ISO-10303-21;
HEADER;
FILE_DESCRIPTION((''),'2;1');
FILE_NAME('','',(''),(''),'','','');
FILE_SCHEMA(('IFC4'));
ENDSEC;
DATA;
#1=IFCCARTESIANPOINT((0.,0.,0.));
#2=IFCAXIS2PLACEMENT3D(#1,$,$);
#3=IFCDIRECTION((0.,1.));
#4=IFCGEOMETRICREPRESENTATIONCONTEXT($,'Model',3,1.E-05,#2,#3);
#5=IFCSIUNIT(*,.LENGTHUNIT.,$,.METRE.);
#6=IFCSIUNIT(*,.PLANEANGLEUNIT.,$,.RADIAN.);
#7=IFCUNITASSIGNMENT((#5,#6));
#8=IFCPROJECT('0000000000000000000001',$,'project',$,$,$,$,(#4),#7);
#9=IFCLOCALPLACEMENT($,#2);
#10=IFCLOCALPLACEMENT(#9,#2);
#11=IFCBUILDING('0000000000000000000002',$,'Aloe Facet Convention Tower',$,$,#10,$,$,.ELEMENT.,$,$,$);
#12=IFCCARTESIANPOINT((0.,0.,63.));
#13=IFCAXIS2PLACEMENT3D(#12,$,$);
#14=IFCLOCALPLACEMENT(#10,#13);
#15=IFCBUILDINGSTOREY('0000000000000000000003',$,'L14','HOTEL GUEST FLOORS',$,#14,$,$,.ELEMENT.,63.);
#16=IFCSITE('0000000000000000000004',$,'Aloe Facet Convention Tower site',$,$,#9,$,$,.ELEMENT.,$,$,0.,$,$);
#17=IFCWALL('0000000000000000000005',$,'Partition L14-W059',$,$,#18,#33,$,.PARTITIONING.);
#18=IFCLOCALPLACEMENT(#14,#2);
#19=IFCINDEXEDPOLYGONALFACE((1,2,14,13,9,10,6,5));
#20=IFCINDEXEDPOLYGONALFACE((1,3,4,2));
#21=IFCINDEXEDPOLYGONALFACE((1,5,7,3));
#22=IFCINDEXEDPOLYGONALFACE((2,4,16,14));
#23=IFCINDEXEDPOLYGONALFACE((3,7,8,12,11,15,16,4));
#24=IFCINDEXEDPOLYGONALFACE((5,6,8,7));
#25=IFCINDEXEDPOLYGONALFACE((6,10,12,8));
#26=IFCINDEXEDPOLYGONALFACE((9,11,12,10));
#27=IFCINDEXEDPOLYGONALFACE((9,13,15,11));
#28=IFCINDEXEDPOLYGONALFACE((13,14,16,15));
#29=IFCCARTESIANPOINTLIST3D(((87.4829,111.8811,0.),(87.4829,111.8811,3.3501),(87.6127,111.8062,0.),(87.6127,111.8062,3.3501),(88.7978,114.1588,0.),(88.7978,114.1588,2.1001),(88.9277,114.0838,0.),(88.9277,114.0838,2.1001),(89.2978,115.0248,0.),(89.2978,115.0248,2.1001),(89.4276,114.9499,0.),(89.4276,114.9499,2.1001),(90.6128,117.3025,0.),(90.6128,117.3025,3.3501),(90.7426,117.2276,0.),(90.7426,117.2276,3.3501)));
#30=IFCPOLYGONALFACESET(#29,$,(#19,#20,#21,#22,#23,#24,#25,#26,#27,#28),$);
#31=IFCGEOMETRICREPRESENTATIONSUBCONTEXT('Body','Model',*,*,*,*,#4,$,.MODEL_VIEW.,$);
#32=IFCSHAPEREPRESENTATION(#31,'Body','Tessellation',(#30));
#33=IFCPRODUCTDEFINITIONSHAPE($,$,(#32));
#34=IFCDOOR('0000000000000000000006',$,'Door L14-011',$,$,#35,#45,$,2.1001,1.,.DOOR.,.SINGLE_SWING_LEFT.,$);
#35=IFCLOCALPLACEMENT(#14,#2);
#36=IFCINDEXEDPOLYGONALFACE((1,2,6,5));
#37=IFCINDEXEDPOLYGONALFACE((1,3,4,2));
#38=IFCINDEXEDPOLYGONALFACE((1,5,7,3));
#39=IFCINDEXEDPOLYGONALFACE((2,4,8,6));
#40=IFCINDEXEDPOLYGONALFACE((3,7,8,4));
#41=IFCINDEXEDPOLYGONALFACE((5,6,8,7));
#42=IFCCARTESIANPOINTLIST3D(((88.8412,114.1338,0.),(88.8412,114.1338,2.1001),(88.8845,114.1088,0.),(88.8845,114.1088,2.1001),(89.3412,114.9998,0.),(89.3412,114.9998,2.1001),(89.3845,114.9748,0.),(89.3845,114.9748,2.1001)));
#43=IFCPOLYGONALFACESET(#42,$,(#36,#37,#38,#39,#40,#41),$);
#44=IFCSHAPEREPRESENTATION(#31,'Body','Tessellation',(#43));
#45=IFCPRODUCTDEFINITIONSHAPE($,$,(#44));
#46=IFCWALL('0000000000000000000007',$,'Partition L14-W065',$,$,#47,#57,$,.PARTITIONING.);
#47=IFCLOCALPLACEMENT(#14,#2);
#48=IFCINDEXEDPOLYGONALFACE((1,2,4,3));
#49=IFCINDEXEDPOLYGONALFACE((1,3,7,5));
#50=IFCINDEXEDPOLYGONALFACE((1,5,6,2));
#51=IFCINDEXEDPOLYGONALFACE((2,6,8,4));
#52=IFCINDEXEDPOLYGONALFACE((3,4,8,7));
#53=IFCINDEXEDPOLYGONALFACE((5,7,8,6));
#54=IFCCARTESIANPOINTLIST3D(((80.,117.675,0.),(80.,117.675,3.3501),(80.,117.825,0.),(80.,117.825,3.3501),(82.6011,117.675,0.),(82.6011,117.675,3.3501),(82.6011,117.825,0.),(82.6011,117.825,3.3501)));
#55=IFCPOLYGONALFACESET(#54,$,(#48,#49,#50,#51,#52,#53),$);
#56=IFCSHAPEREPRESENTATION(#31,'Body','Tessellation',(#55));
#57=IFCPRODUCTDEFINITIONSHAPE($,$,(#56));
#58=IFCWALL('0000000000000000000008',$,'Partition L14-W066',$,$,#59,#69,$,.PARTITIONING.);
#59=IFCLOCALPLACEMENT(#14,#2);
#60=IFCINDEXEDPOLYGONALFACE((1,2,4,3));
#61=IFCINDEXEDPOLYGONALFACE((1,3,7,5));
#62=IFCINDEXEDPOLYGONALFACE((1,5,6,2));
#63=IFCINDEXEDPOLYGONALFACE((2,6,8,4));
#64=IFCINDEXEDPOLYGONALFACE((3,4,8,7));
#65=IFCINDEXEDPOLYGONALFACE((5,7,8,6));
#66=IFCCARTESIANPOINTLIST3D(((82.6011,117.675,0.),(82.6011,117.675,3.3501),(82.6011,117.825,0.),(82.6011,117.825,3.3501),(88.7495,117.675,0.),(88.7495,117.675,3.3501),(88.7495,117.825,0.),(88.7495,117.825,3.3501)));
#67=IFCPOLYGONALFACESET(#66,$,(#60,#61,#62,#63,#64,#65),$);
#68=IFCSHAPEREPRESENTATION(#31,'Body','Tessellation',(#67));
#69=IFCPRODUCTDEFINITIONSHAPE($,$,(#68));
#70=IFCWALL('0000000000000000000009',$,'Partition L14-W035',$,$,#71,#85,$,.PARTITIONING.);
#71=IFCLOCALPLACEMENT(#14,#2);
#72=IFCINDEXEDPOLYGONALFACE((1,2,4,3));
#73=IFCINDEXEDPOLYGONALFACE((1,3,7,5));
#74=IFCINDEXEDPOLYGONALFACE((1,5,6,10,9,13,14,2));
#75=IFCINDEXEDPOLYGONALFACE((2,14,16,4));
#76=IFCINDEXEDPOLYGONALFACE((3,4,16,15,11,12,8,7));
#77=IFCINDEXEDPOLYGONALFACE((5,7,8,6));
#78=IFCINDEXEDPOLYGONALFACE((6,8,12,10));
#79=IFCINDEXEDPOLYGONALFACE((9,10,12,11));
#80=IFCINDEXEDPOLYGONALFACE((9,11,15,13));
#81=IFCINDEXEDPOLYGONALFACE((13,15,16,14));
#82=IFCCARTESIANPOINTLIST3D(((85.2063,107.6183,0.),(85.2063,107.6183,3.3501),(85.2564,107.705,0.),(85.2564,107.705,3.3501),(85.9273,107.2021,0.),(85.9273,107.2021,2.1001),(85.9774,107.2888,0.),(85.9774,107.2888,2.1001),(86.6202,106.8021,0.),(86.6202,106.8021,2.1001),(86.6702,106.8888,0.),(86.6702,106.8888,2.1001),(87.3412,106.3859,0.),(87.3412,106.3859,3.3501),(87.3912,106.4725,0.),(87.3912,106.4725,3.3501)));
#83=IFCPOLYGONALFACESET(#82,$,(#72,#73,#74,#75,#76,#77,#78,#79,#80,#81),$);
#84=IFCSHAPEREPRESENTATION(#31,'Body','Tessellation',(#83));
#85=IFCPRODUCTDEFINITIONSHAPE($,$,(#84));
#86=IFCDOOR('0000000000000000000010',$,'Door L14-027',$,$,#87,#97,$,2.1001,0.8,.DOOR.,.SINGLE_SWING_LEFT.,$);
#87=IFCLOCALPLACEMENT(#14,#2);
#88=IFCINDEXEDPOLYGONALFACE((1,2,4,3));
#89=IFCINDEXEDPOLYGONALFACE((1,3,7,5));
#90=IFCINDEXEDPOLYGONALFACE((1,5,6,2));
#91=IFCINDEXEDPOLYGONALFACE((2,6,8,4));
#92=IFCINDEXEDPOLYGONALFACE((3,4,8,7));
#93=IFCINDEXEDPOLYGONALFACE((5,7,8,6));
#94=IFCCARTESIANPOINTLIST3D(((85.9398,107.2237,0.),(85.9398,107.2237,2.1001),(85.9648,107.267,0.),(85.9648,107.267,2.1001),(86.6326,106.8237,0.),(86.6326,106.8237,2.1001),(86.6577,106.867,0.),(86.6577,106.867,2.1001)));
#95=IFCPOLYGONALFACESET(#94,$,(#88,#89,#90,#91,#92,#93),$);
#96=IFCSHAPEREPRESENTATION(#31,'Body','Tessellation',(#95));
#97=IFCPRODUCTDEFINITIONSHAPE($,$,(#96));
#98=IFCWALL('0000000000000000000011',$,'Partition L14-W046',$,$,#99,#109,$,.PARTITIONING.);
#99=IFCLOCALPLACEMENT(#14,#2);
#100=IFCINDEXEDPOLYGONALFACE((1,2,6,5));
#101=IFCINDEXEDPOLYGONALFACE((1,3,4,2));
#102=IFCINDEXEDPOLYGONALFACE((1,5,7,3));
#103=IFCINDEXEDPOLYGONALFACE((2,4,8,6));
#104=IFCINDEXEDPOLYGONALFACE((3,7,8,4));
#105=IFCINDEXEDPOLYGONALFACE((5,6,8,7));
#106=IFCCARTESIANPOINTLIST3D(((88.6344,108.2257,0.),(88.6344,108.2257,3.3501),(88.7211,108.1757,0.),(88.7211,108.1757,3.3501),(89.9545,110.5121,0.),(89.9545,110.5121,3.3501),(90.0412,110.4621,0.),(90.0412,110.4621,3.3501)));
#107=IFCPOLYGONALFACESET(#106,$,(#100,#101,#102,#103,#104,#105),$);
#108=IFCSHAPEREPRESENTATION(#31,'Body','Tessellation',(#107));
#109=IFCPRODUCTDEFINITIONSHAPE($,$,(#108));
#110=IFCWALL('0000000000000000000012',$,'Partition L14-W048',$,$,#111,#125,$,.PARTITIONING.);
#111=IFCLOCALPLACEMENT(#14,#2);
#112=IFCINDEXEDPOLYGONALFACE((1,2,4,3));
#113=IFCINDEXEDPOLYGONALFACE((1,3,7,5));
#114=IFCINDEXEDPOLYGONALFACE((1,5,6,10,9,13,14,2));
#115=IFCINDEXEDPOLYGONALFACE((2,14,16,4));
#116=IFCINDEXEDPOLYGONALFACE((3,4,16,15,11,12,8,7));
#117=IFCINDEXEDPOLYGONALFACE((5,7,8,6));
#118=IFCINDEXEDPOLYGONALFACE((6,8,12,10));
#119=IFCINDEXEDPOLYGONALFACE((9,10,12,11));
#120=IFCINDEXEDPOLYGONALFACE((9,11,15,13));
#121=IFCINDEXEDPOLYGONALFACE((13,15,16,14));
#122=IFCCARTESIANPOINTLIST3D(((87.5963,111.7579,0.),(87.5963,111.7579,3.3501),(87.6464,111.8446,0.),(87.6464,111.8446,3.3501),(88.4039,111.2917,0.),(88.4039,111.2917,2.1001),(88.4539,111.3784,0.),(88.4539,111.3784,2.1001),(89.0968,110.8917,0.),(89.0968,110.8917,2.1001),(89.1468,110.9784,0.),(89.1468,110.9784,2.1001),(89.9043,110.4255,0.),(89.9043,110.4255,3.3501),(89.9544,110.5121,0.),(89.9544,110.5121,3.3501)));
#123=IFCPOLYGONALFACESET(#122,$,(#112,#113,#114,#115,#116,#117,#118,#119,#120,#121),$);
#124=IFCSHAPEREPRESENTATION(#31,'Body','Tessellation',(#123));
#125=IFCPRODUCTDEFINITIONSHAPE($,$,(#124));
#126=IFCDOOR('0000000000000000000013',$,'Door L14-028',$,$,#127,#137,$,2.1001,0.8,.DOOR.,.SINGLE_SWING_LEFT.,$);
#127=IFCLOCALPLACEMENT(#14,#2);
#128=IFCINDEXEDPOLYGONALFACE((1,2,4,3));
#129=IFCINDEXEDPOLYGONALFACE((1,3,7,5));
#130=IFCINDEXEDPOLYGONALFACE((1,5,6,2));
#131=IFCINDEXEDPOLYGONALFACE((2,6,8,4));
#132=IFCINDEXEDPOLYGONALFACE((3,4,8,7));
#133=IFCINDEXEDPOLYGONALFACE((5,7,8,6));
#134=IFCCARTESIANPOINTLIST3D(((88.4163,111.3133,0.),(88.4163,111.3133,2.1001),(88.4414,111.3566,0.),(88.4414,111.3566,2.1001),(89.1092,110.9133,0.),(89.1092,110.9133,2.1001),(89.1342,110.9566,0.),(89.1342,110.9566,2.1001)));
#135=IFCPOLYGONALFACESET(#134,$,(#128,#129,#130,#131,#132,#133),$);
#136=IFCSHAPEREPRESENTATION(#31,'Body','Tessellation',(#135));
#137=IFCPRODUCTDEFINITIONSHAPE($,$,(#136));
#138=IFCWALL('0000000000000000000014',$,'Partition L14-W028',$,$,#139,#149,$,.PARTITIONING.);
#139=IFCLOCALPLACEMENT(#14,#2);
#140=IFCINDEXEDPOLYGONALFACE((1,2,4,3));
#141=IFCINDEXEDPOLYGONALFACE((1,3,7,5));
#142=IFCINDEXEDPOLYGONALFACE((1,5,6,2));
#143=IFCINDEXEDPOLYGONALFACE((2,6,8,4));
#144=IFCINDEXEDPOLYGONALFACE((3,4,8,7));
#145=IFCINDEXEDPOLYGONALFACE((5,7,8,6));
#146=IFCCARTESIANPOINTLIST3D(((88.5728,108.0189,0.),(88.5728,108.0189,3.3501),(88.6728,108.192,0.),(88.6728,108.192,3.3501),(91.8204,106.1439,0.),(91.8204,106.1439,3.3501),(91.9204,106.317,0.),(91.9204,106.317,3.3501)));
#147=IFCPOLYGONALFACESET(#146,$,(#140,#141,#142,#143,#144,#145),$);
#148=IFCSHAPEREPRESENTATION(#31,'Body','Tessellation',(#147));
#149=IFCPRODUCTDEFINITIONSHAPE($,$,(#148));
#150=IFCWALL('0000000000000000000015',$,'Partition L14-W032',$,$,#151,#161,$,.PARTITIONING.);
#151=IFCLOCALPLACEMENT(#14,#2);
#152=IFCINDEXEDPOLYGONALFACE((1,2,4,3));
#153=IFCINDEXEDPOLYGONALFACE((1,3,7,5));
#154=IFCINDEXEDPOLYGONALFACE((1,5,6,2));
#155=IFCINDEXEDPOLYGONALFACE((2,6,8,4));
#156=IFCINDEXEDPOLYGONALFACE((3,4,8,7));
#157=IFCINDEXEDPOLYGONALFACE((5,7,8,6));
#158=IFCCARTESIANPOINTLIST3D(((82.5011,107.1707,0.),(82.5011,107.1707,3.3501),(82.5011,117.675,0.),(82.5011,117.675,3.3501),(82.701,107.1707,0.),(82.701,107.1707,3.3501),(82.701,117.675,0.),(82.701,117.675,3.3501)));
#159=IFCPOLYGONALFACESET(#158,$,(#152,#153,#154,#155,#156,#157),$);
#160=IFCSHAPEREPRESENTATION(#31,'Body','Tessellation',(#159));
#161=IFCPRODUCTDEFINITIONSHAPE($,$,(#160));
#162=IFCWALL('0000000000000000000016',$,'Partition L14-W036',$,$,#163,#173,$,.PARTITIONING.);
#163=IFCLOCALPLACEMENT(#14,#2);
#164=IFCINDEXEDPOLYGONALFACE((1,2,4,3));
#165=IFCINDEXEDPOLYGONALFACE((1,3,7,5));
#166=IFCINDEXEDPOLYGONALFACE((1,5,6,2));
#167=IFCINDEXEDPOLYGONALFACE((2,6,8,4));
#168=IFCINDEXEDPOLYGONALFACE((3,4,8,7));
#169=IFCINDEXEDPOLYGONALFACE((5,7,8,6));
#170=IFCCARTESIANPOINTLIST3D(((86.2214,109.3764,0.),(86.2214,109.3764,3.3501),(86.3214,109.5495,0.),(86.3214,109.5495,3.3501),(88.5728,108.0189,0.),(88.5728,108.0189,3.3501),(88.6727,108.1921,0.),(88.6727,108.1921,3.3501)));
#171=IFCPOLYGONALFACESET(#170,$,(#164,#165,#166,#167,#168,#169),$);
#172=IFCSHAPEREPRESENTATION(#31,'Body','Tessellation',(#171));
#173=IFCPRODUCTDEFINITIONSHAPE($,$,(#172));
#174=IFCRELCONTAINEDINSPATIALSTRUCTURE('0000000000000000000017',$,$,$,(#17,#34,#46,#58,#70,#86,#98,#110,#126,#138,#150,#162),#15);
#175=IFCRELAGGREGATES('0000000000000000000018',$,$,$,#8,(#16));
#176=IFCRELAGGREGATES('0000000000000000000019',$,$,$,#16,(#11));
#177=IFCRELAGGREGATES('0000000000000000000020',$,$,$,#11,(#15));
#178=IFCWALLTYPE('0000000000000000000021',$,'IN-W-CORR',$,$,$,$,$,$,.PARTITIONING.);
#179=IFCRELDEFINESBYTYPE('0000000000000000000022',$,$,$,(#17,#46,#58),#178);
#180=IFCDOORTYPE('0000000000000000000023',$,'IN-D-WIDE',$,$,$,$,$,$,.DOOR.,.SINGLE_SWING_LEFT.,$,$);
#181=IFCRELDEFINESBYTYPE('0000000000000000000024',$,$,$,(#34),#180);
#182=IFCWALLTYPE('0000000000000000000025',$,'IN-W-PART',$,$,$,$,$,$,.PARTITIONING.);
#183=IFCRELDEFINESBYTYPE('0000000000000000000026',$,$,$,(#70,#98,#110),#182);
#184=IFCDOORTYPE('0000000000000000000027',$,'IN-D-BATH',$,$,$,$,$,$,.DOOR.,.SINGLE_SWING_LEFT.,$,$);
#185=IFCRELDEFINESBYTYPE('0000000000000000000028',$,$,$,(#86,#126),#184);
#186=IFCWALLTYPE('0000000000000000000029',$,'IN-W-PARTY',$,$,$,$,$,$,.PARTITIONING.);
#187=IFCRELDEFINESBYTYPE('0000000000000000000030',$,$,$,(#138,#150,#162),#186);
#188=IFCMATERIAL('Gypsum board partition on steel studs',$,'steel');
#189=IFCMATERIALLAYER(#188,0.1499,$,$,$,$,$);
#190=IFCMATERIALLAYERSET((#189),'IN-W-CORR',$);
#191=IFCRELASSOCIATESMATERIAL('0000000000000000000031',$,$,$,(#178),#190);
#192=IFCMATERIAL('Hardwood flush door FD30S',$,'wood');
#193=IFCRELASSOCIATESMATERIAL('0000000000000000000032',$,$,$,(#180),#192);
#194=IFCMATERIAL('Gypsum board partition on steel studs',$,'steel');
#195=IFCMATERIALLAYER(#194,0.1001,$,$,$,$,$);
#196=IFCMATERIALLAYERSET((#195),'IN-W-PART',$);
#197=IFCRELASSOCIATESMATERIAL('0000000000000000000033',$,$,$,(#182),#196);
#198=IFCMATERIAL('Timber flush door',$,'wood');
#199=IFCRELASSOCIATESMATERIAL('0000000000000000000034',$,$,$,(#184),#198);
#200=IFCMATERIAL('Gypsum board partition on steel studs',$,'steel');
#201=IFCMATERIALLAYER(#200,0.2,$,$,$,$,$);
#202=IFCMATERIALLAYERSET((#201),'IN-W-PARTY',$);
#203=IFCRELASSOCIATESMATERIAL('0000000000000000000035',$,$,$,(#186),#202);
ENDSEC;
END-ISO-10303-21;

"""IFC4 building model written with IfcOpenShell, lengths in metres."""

from ifc_helpers import new_model, si_unit, direction, frame, frame_2d, origin, place, context, subcontext, project, spatial, rectangle, extrude, material, layer, layer_set, type_object, element, fill, save


model = new_model("IFC4")

# Units and contexts
model_context = context("Model", 3, precision=1e-05, world=origin(), true_north=direction((0.0, 1.0)))
body_context = subcontext(model_context, "Body", "Model", "MODEL_VIEW")
ifc_project = project(units=[si_unit("LENGTHUNIT", "METRE"), si_unit("PLANEANGLEUNIT", "RADIAN")], contexts=[model_context])

# Site, building, storey
site_placement = place(None, origin())
site = spatial("IfcSite", under=ifc_project, at=site_placement, Name="Aloe Facet Convention Tower site", CompositionType="ELEMENT", RefElevation=0.0)
building_placement = place(site_placement, origin())
building = spatial("IfcBuilding", under=site, at=building_placement, Name="Aloe Facet Convention Tower", CompositionType="ELEMENT")
storey_placement = place(building_placement, frame((0.0, 0.0, 63.0)))
storey = spatial("IfcBuildingStorey", under=building, at=storey_placement, Name="L14", Description="HOTEL GUEST FLOORS", CompositionType="ELEMENT", Elevation=63.0)

# Shared definitions
ifc_material_1 = material(Name="Gypsum board partition on steel studs", Category="steel")
ifc_layer_1 = layer(ifc_material_1, 0.1499)
ifc_layer_set_1 = layer_set([ifc_layer_1], Name="IN-W-CORR")
wall_type_1 = type_object("IfcWallType", Name="IN-W-CORR", PredefinedType="PARTITIONING", material=ifc_layer_set_1)

# Wall, opening, door
wall_1_placement = place(storey_placement, frame((87.5479, 111.8438, 0.0), z_axis=(0.0, 0.0, 1.0), x_axis=(0.499981, 0.866036, 0.0)))
wall_1 = element("IfcWall", 1, at=wall_1_placement, inside=storey, type_object=wall_type_1, Name="Partition L14-W059", PredefinedType="PARTITIONING", context=body_context, shape_type="SweptSolid", body=[
    extrude(rectangle(XDim=6.26, YDim=0.1499, at=frame_2d((3.1299, 0.0))), origin(), (0.0, 0.0, 1.0), 3.3501),
])
opening_1_placement = place(wall_1_placement, frame((2.6299, 0.0, 0.0)))
opening_1 = element("IfcOpeningElement", 2, at=opening_1_placement, cuts=wall_1, PredefinedType="OPENING", context=body_context, shape_type="SweptSolid", body=[
    extrude(rectangle(XDim=1.0, YDim=2.1001, at=frame_2d((0.5, 1.05))), frame((0.0, 0.085, 0.0), z_axis=(0.0, -1.0, 0.0), x_axis=(1.0, 0.0, 0.0)), (0.0, 0.0, 1.0), 0.1699),
])
ifc_material_2 = material(Name="Hardwood flush door FD30S", Category="wood")
door_type_1 = type_object("IfcDoorType", Name="IN-D-WIDE", OperationType="SINGLE_SWING_LEFT", PredefinedType="DOOR", material=ifc_material_2)
door_1_placement = place(opening_1_placement, origin())
door_1 = element("IfcDoor", 3, at=door_1_placement, inside=storey, type_object=door_type_1, Name="Door L14-011", OperationType="SINGLE_SWING_LEFT", OverallHeight=2.1001, OverallWidth=1.0, PredefinedType="DOOR", context=body_context, shape_type="SweptSolid", body=[
    extrude(rectangle(XDim=1.0, YDim=2.1001, at=frame_2d((0.5, 1.05))), frame((0.0, 0.0249, 0.0), z_axis=(0.0, -1.0, 0.0), x_axis=(1.0, 0.0, 0.0)), (0.0, 0.0, 1.0), 0.05),
])
fill(opening_1, door_1)

# Walls
wall_2_placement = place(storey_placement, frame((80.0, 117.75, 0.0), z_axis=(0.0, 0.0, 1.0), x_axis=(1.0, 0.0, 0.0)))
element("IfcWall", 4, at=wall_2_placement, inside=storey, type_object=wall_type_1, Name="Partition L14-W065", PredefinedType="PARTITIONING", context=body_context, shape_type="SweptSolid", body=[
    extrude(rectangle(XDim=2.6011, YDim=0.1499, at=frame_2d((1.3005, 0.0))), origin(), (0.0, 0.0, 1.0), 3.3501),
])
wall_3_placement = place(storey_placement, frame((82.6011, 117.75, 0.0), z_axis=(0.0, 0.0, 1.0), x_axis=(1.0, 0.0, 0.0)))
element("IfcWall", 5, at=wall_3_placement, inside=storey, type_object=wall_type_1, Name="Partition L14-W066", PredefinedType="PARTITIONING", context=body_context, shape_type="SweptSolid", body=[
    extrude(rectangle(XDim=6.1484, YDim=0.1499, at=frame_2d((3.0742, 0.0))), origin(), (0.0, 0.0, 1.0), 3.3501),
])

# Wall, opening, door
ifc_material_3 = material(Name="Gypsum board partition on steel studs", Category="steel")
ifc_layer_2 = layer(ifc_material_3, 0.1001)
ifc_layer_set_2 = layer_set([ifc_layer_2], Name="IN-W-PART")
wall_type_2 = type_object("IfcWallType", Name="IN-W-PART", PredefinedType="PARTITIONING", material=ifc_layer_set_2)
wall_4_placement = place(storey_placement, frame((85.2314, 107.6616, 0.0), z_axis=(0.0, 0.0, 1.0), x_axis=(0.86604, -0.499974, 0.0)))
wall_4 = element("IfcWall", 6, at=wall_4_placement, inside=storey, type_object=wall_type_2, Name="Partition L14-W035", PredefinedType="PARTITIONING", context=body_context, shape_type="SweptSolid", body=[
    extrude(rectangle(XDim=2.4651, YDim=0.1001, at=frame_2d((1.2324, 0.0))), origin(), (0.0, 0.0, 1.0), 3.3501),
])
opening_2_placement = place(wall_4_placement, frame((0.8325, 0.0, 0.0)))
opening_2 = element("IfcOpeningElement", 7, at=opening_2_placement, cuts=wall_4, PredefinedType="OPENING", context=body_context, shape_type="SweptSolid", body=[
    extrude(rectangle(XDim=0.8, YDim=2.1001, at=frame_2d((0.3999, 1.05))), frame((0.0, 0.0601, 0.0), z_axis=(0.0, -1.0, 0.0), x_axis=(1.0, 0.0, 0.0)), (0.0, 0.0, 1.0), 0.1201),
])
ifc_material_4 = material(Name="Timber flush door", Category="wood")
door_type_2 = type_object("IfcDoorType", Name="IN-D-BATH", OperationType="SINGLE_SWING_LEFT", PredefinedType="DOOR", material=ifc_material_4)
door_2_placement = place(opening_2_placement, origin())
door_2 = element("IfcDoor", 8, at=door_2_placement, inside=storey, type_object=door_type_2, Name="Door L14-027", OperationType="SINGLE_SWING_LEFT", OverallHeight=2.1001, OverallWidth=0.8, PredefinedType="DOOR", context=body_context, shape_type="SweptSolid", body=[
    extrude(rectangle(XDim=0.8, YDim=2.1001, at=frame_2d((0.3999, 1.05))), frame((0.0, 0.0249, 0.0), z_axis=(0.0, -1.0, 0.0), x_axis=(1.0, 0.0, 0.0)), (0.0, 0.0, 1.0), 0.05),
])
fill(opening_2, door_2)

# Wall
wall_5_placement = place(storey_placement, frame((88.6777, 108.2007, 0.0), z_axis=(0.0, 0.0, 1.0), x_axis=(0.500008, 0.866021, 0.0)))
element("IfcWall", 9, at=wall_5_placement, inside=storey, type_object=wall_type_2, Name="Partition L14-W046", PredefinedType="PARTITIONING", context=body_context, shape_type="SweptSolid", body=[
    extrude(rectangle(XDim=2.6401, YDim=0.1001, at=frame_2d((1.3201, 0.0))), origin(), (0.0, 0.0, 1.0), 3.3501),
])

# Wall, opening, door
wall_6_placement = place(storey_placement, frame((87.6213, 111.8013, 0.0), z_axis=(0.0, 0.0, 1.0), x_axis=(0.866036, -0.499981, 0.0)))
wall_6 = element("IfcWall", 10, at=wall_6_placement, inside=storey, type_object=wall_type_2, Name="Partition L14-W048", PredefinedType="PARTITIONING", context=body_context, shape_type="SweptSolid", body=[
    extrude(rectangle(XDim=2.665, YDim=0.1001, at=frame_2d((1.3325, 0.0))), origin(), (0.0, 0.0, 1.0), 3.3501),
])
opening_3_placement = place(wall_6_placement, frame((0.9326, 0.0, 0.0)))
opening_3 = element("IfcOpeningElement", 11, at=opening_3_placement, cuts=wall_6, PredefinedType="OPENING", context=body_context, shape_type="SweptSolid", body=[
    extrude(rectangle(XDim=0.8, YDim=2.1001, at=frame_2d((0.3999, 1.05))), frame((0.0, 0.0601, 0.0), z_axis=(0.0, -1.0, 0.0), x_axis=(1.0, 0.0, 0.0)), (0.0, 0.0, 1.0), 0.1201),
])
door_3_placement = place(opening_3_placement, origin())
door_3 = element("IfcDoor", 12, at=door_3_placement, inside=storey, type_object=door_type_2, Name="Door L14-028", OperationType="SINGLE_SWING_LEFT", OverallHeight=2.1001, OverallWidth=0.8, PredefinedType="DOOR", context=body_context, shape_type="SweptSolid", body=[
    extrude(rectangle(XDim=0.8, YDim=2.1001, at=frame_2d((0.3999, 1.05))), frame((0.0, 0.0249, 0.0), z_axis=(0.0, -1.0, 0.0), x_axis=(1.0, 0.0, 0.0)), (0.0, 0.0, 1.0), 0.05),
])
fill(opening_3, door_3)

# Walls
ifc_material_5 = material(Name="Gypsum board partition on steel studs", Category="steel")
ifc_layer_3 = layer(ifc_material_5, 0.2)
ifc_layer_set_3 = layer_set([ifc_layer_3], Name="IN-W-PARTY")
wall_type_3 = type_object("IfcWallType", Name="IN-W-PARTY", PredefinedType="PARTITIONING", material=ifc_layer_set_3)
wall_7_placement = place(storey_placement, frame((88.6228, 108.1055, 0.0), z_axis=(0.0, 0.0, 1.0), x_axis=(0.866023, -0.500004, 0.0)))
element("IfcWall", 13, at=wall_7_placement, inside=storey, type_object=wall_type_3, Name="Partition L14-W028", PredefinedType="PARTITIONING", context=body_context, shape_type="SweptSolid", body=[
    extrude(rectangle(XDim=3.75, YDim=0.2, at=frame_2d((1.875, 0.0))), origin(), (0.0, 0.0, 1.0), 3.3501),
])
wall_8_placement = place(storey_placement, frame((82.6011, 107.1707, 0.0), z_axis=(0.0, 0.0, 1.0), x_axis=(0.0, 1.0, 0.0)))
element("IfcWall", 14, at=wall_8_placement, inside=storey, type_object=wall_type_3, Name="Partition L14-W032", PredefinedType="PARTITIONING", context=body_context, shape_type="SweptSolid", body=[
    extrude(rectangle(XDim=10.5044, YDim=0.2, at=frame_2d((5.2522, 0.0))), origin(), (0.0, 0.0, 1.0), 3.3501),
])
wall_9_placement = place(storey_placement, frame((86.2715, 109.4629, 0.0), z_axis=(0.0, 0.0, 1.0), x_axis=(0.866043, -0.499969, 0.0)))
element("IfcWall", 15, at=wall_9_placement, inside=storey, type_object=wall_type_3, Name="Partition L14-W036", PredefinedType="PARTITIONING", context=body_context, shape_type="SweptSolid", body=[
    extrude(rectangle(XDim=2.7151, YDim=0.2, at=frame_2d((1.3574, 0.0))), origin(), (0.0, 0.0, 1.0), 3.3501),
])

save(model, "model.ifc")
